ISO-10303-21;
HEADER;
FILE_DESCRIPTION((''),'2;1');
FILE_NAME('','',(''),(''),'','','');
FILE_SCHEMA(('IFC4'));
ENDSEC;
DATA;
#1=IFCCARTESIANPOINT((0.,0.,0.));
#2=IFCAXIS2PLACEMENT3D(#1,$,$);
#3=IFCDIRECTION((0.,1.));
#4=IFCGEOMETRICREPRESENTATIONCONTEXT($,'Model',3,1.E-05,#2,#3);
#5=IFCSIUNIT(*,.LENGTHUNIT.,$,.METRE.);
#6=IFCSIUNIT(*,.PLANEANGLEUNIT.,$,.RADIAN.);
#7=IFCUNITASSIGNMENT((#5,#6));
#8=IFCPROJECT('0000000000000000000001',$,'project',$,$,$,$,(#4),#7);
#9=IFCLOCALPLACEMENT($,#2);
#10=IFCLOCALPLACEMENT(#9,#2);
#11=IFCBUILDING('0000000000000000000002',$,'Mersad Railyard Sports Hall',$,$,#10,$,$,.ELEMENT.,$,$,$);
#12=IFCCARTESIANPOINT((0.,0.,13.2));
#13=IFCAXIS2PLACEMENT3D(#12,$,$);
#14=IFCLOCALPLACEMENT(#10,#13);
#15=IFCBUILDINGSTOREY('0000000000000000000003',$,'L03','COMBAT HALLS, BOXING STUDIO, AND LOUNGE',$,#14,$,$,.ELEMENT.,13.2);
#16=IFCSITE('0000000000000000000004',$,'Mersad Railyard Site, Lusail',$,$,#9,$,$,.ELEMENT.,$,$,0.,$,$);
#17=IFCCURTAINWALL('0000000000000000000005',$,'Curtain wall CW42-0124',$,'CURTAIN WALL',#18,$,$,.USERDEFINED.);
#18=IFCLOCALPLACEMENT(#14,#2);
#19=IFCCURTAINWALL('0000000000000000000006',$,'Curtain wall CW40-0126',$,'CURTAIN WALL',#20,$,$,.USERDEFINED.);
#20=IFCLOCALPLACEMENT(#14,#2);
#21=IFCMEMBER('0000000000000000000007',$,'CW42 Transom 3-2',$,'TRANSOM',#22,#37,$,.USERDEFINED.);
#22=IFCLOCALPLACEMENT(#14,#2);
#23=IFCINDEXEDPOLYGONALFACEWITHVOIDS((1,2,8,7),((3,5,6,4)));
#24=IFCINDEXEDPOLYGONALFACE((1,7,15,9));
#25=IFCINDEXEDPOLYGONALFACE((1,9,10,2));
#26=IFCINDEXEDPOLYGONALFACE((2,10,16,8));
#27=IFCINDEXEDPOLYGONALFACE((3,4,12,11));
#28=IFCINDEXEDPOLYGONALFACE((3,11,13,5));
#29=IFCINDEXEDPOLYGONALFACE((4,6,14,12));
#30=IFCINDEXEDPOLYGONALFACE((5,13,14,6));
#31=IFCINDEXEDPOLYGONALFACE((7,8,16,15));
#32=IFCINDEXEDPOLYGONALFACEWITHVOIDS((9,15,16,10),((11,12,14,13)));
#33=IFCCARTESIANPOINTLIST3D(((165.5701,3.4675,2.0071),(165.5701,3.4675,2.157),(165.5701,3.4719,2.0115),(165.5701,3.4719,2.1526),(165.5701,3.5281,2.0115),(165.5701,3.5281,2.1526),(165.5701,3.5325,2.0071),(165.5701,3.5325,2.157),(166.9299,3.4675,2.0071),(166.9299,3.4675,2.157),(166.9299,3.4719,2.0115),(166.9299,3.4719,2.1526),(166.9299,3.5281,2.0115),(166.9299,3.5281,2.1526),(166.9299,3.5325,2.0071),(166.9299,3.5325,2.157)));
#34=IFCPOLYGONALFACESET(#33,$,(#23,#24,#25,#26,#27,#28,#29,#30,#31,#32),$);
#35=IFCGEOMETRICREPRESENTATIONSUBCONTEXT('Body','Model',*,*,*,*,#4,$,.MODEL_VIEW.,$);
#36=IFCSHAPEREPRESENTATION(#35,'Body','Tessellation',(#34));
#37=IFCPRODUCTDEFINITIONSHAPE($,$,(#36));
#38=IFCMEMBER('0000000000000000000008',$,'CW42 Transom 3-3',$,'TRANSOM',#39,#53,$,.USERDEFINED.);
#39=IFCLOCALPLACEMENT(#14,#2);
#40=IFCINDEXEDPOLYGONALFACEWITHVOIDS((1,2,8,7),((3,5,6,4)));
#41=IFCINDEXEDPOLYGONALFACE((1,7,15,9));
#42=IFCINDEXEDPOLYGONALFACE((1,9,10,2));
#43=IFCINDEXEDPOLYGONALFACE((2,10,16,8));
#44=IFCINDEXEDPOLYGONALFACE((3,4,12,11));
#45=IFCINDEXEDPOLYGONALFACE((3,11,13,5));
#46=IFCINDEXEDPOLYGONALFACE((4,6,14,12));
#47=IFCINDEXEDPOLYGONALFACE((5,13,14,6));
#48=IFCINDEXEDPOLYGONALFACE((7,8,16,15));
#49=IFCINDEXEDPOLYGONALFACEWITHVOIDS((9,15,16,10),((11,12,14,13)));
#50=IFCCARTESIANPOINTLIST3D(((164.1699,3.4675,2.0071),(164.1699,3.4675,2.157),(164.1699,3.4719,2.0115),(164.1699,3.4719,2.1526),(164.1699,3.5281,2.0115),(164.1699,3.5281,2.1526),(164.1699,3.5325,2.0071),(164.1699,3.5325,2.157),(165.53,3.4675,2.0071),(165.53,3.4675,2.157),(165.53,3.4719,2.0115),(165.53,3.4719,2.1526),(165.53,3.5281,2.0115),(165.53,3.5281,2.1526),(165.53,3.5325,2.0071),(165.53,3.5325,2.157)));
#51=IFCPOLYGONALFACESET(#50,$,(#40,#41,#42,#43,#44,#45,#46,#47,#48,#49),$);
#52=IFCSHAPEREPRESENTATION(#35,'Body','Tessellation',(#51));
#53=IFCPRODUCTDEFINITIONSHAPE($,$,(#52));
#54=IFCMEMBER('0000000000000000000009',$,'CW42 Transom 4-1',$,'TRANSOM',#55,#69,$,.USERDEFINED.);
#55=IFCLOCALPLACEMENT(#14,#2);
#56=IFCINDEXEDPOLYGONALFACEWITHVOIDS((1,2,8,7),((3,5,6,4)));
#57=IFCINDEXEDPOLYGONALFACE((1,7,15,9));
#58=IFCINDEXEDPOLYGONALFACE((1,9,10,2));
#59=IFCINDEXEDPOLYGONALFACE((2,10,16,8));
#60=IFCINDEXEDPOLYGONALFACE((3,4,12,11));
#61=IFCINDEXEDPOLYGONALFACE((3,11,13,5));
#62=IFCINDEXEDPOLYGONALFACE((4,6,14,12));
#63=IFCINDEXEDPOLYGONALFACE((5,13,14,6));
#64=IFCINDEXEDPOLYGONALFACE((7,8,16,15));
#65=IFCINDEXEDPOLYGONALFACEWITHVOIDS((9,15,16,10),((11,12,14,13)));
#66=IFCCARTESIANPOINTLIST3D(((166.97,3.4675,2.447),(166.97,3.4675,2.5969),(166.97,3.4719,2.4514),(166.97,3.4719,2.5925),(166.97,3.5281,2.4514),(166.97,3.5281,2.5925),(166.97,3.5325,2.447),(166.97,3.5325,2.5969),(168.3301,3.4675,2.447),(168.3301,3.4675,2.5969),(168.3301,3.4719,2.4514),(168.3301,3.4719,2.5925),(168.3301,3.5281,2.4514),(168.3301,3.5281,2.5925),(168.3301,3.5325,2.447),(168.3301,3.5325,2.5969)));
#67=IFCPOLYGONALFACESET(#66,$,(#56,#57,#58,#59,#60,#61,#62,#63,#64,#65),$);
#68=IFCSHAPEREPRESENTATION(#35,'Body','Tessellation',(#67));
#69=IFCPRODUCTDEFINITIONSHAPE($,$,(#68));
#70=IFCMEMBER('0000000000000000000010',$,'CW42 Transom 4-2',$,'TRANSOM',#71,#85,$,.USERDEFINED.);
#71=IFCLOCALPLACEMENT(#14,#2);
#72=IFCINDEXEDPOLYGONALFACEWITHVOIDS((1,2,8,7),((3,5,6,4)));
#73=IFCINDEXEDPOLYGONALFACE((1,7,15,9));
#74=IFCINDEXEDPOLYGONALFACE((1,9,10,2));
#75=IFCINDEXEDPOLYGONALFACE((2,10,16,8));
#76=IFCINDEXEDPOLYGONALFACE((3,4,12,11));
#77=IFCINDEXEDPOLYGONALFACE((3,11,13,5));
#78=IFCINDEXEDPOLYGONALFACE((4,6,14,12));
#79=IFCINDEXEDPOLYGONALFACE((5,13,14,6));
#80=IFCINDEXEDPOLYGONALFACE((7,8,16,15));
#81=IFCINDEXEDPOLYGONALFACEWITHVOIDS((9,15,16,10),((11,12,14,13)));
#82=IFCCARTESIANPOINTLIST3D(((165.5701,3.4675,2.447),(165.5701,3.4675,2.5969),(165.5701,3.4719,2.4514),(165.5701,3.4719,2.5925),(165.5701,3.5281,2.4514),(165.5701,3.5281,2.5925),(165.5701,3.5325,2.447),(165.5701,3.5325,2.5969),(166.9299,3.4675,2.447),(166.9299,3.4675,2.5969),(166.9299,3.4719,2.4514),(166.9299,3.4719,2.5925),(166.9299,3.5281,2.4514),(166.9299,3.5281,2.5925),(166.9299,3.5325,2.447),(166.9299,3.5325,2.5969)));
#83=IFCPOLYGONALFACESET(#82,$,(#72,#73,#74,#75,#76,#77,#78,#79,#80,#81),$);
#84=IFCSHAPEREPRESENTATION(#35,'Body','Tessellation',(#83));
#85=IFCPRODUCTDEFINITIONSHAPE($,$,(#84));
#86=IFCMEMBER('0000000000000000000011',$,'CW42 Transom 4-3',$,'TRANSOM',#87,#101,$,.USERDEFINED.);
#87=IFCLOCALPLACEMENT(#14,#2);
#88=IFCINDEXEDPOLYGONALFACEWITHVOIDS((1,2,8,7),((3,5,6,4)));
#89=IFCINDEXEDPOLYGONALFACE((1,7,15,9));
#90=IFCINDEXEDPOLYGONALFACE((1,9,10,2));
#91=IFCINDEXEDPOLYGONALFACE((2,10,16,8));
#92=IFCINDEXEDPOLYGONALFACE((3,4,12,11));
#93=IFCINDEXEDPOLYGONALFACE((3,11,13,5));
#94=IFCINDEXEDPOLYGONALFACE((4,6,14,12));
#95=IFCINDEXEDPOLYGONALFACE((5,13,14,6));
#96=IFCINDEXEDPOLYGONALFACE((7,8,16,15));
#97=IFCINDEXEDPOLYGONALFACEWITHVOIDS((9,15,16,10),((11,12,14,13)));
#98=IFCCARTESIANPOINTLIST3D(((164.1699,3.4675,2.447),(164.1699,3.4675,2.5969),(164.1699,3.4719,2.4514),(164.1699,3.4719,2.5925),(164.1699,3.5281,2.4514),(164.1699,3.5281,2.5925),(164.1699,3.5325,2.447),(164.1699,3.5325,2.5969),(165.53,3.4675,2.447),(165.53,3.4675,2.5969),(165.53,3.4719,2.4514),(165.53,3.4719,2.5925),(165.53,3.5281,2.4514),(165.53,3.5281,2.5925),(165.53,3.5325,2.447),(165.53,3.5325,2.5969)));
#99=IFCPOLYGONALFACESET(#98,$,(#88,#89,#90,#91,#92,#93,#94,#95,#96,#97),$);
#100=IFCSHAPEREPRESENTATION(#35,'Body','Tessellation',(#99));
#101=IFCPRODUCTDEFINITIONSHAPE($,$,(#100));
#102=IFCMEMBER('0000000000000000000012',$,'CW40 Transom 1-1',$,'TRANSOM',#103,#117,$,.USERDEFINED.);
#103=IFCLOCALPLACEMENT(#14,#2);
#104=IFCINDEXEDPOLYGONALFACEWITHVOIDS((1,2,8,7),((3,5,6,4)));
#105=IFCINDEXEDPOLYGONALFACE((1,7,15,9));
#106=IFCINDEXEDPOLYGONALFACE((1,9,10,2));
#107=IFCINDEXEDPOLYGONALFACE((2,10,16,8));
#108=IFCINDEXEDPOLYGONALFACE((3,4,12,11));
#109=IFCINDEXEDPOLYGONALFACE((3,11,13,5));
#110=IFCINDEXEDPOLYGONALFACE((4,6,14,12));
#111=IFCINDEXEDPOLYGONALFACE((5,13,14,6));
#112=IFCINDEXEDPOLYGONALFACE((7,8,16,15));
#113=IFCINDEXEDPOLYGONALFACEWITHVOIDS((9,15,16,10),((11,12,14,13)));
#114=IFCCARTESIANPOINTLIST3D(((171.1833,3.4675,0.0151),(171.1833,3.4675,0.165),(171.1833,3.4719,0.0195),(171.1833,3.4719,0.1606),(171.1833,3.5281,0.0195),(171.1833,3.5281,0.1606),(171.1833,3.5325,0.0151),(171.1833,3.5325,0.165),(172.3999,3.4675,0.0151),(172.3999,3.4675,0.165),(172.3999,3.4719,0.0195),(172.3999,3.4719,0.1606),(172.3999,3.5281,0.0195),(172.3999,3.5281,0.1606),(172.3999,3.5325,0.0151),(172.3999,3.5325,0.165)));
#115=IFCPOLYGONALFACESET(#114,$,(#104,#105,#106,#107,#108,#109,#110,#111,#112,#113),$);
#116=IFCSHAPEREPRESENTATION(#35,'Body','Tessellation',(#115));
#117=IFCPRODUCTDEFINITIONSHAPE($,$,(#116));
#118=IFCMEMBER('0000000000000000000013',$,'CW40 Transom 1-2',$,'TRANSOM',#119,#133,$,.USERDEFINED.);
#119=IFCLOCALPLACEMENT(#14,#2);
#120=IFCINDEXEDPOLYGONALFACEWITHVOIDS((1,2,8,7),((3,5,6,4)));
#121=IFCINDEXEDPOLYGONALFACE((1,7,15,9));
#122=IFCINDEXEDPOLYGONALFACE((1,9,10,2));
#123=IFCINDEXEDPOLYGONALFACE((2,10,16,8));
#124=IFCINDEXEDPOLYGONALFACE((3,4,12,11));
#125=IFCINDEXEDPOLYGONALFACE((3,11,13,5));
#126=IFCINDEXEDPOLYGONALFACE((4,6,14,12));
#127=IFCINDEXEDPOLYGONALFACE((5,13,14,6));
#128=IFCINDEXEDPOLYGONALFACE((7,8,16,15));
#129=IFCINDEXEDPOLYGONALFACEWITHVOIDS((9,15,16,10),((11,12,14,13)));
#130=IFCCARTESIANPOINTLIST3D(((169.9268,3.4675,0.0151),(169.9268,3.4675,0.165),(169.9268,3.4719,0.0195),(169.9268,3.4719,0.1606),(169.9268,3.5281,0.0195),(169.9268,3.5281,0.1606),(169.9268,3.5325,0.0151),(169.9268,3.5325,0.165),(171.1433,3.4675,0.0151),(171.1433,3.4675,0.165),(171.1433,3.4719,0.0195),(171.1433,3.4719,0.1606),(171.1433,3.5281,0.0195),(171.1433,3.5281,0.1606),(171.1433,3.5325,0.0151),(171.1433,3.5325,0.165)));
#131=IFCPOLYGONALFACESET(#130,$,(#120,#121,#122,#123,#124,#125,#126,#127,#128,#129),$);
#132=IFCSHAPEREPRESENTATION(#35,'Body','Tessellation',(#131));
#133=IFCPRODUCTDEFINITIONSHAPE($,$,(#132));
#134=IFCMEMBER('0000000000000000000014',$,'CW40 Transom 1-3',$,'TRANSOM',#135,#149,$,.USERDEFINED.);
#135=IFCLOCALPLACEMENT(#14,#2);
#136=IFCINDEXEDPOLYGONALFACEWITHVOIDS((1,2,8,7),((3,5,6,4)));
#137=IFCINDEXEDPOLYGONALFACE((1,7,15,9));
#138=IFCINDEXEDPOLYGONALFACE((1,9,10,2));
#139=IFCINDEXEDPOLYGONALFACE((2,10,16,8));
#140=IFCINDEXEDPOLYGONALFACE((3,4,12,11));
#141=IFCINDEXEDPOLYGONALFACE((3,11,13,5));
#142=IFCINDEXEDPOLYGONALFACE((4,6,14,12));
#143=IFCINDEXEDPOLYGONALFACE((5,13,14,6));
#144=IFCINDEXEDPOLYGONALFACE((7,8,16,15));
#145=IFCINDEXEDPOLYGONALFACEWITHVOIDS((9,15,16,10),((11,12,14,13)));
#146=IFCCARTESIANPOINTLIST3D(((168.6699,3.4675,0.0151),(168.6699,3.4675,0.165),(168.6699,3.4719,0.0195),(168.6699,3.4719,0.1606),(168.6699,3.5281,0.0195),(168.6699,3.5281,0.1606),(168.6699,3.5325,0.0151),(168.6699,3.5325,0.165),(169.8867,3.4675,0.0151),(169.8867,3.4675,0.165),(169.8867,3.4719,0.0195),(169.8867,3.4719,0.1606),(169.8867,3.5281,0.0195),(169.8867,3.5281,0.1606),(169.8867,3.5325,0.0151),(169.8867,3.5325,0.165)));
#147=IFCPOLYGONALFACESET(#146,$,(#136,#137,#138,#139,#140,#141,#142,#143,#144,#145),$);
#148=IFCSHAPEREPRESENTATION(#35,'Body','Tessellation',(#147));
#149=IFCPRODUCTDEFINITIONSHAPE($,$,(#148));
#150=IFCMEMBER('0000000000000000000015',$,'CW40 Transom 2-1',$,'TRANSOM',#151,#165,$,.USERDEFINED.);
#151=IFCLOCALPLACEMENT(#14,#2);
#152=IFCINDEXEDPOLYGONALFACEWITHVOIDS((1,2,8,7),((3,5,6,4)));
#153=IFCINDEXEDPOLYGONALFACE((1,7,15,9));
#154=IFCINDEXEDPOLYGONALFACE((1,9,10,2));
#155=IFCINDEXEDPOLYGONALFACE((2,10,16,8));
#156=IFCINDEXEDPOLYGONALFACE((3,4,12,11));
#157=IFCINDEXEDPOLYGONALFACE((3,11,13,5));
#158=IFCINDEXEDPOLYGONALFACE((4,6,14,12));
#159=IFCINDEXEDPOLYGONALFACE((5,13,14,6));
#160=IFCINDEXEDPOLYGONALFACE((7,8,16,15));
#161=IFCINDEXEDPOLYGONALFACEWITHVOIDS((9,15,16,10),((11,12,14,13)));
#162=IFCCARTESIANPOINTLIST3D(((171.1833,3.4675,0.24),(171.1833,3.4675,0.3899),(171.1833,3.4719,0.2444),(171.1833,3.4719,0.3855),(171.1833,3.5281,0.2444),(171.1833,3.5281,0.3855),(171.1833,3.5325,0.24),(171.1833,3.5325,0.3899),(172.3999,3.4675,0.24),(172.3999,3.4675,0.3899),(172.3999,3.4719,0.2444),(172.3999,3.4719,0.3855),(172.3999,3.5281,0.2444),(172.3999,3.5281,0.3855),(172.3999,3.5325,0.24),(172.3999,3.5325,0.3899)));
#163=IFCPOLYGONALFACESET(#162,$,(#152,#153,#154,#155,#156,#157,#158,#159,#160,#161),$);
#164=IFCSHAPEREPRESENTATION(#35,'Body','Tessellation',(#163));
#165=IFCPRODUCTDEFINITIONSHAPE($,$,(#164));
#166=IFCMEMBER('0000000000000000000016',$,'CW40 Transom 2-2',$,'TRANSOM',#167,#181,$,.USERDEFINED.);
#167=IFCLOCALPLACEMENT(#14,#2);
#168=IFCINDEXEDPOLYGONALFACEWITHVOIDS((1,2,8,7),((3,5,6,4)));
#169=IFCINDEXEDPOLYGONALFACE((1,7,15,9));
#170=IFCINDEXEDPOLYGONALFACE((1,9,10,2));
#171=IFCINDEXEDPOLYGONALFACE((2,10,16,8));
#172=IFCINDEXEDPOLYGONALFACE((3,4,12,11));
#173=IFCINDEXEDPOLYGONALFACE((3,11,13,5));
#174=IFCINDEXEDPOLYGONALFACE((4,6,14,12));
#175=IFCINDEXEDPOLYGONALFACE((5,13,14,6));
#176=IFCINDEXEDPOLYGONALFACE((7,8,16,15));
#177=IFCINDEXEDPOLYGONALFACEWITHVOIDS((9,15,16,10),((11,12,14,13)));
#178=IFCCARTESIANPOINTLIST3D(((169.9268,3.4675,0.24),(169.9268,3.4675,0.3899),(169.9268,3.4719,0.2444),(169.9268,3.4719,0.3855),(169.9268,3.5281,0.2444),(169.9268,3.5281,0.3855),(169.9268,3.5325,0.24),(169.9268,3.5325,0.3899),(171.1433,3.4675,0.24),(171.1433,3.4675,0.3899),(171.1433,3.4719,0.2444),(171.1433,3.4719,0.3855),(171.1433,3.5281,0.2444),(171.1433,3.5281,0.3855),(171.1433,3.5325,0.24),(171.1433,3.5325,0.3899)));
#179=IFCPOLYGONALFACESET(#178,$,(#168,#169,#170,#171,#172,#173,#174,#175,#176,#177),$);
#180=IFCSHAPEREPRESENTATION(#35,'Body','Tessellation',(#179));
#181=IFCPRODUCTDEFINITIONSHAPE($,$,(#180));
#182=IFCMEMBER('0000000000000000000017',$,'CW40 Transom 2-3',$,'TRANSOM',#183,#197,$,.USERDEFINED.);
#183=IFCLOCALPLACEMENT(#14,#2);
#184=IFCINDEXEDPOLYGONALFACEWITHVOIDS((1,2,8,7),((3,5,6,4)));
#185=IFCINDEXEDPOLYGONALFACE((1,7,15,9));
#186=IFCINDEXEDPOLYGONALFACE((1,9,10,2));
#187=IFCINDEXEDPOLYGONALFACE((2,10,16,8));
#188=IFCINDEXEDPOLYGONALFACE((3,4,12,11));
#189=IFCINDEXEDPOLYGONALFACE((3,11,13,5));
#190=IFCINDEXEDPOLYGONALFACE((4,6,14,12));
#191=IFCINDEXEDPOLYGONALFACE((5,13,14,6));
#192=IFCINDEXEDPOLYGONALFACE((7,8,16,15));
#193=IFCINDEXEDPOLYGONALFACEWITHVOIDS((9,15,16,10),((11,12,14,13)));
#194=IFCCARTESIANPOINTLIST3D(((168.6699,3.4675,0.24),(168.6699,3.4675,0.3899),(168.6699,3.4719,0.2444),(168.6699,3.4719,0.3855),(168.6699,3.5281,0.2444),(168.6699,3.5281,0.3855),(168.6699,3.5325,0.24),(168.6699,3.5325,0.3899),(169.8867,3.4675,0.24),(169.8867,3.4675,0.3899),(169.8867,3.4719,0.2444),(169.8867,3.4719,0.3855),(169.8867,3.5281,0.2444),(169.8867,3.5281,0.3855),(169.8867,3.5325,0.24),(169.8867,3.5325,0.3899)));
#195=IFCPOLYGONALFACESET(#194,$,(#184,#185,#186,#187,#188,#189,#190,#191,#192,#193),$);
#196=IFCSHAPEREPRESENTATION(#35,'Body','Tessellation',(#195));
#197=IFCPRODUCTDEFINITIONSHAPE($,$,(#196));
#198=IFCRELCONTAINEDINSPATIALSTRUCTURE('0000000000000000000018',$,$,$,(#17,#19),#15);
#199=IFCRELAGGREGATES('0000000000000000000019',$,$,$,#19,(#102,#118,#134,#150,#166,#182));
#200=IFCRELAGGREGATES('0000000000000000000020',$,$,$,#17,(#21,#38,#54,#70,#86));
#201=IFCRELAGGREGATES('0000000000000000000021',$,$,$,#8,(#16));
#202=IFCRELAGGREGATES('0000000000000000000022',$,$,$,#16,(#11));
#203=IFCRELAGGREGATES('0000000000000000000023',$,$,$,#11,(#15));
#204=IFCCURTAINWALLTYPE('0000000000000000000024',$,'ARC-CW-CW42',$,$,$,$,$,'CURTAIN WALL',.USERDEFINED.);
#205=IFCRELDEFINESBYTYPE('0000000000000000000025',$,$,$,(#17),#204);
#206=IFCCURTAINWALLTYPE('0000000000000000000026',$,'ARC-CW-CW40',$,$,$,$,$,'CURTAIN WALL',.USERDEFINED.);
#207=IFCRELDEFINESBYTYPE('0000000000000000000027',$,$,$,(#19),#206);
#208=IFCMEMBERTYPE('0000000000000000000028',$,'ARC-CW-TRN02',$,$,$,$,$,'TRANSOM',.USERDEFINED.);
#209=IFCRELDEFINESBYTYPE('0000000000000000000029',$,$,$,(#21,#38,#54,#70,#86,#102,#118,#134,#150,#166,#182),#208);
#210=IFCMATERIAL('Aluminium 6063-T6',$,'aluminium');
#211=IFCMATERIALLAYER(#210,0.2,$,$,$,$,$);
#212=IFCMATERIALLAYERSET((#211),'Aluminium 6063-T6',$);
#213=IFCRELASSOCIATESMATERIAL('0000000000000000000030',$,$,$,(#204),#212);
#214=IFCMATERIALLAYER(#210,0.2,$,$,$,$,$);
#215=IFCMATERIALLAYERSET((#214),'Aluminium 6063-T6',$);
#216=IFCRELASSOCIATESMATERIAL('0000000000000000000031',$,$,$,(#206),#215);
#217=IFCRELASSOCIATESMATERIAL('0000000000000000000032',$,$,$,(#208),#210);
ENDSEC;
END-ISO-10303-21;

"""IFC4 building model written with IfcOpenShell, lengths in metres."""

from ifc_helpers import new_model, si_unit, direction, frame, origin, origin_2d, place, context, subcontext, project, spatial, hollow_rectangle, extrude, material, layer, layer_set, material_profile, profile_set, type_object, element, aggregate, save


model = new_model("IFC4")

# Units and contexts
model_context = context("Model", 3, precision=1e-05, world=origin(), true_north=direction((0.0, 1.0)))
body_context = subcontext(model_context, "Body", "Model", "MODEL_VIEW")
ifc_project = project(units=[si_unit("LENGTHUNIT", "METRE"), si_unit("PLANEANGLEUNIT", "RADIAN")], contexts=[model_context])

# Site, building, storey
site_placement = place(None, origin())
site = spatial("IfcSite", under=ifc_project, at=site_placement, Name="Mersad Railyard Site, Lusail", CompositionType="ELEMENT", RefElevation=0.0)
building_placement = place(site_placement, origin())
building = spatial("IfcBuilding", under=site, at=building_placement, Name="Mersad Railyard Sports Hall", CompositionType="ELEMENT")
storey_placement = place(building_placement, frame((0.0, 0.0, 13.2)))
storey = spatial("IfcBuildingStorey", under=building, at=storey_placement, Name="L03", Description="COMBAT HALLS, BOXING STUDIO, AND LOUNGE", CompositionType="ELEMENT", Elevation=13.2)

# Curtain walls
ifc_material_1 = material(Name="Aluminium 6063-T6", Category="aluminium")
ifc_layer_1 = layer(ifc_material_1, 0.2)
ifc_layer_set_1 = layer_set([ifc_layer_1], Name="Aluminium 6063-T6")
curtain_wall_type_1 = type_object("IfcCurtainWallType", Name="ARC-CW-CW42", ElementType="CURTAIN WALL", PredefinedType="USERDEFINED", material=ifc_layer_set_1)
curtain_wall_1_placement = place(storey_placement, origin())
curtain_wall_1 = element("IfcCurtainWall", 1, at=curtain_wall_1_placement, inside=storey, type_object=curtain_wall_type_1, Name="Curtain wall CW42-0124", ObjectType="CURTAIN WALL", PredefinedType="USERDEFINED")
ifc_layer_2 = layer(ifc_material_1, 0.2)
ifc_layer_set_2 = layer_set([ifc_layer_2], Name="Aluminium 6063-T6")
curtain_wall_type_2 = type_object("IfcCurtainWallType", Name="ARC-CW-CW40", ElementType="CURTAIN WALL", PredefinedType="USERDEFINED", material=ifc_layer_set_2)
curtain_wall_2_placement = place(storey_placement, origin())
curtain_wall_2 = element("IfcCurtainWall", 2, at=curtain_wall_2_placement, inside=storey, type_object=curtain_wall_type_2, Name="Curtain wall CW40-0126", ObjectType="CURTAIN WALL", PredefinedType="USERDEFINED")

# Members
ifc_material_profile_1 = material_profile(ifc_material_1, hollow_rectangle(XDim=0.0649, YDim=0.1499, WallThickness=0.0044, at=origin_2d()), Name="AL TRANSOM 65x150x4.5")
ifc_profile_set_1 = profile_set([ifc_material_profile_1], Name="Aluminium 6063-T6")
member_type_1 = type_object("IfcMemberType", Name="ARC-CW-TRN02", ElementType="TRANSOM", PredefinedType="USERDEFINED", material=ifc_profile_set_1)
member_1_placement = place(storey_placement, frame((166.9299, 3.5, 2.082), z_axis=(-1.0, 0.0, 0.0), x_axis=(0.0, -1.0, 0.0)))
member_1 = element("IfcMember", 3, at=member_1_placement, type_object=member_type_1, Name="CW42 Transom 3-2", ObjectType="TRANSOM", PredefinedType="USERDEFINED", context=body_context, shape_type="SweptSolid", body=[
    extrude(hollow_rectangle(XDim=0.0649, YDim=0.1499, WallThickness=0.0044, at=origin_2d()), origin(), (0.0, 0.0, 1.0), 1.3599),
])
member_2_placement = place(storey_placement, frame((165.53, 3.5, 2.082), z_axis=(-1.0, 0.0, 0.0), x_axis=(0.0, -1.0, 0.0)))
member_2 = element("IfcMember", 4, at=member_2_placement, type_object=member_type_1, Name="CW42 Transom 3-3", ObjectType="TRANSOM", PredefinedType="USERDEFINED", context=body_context, shape_type="SweptSolid", body=[
    extrude(hollow_rectangle(XDim=0.0649, YDim=0.1499, WallThickness=0.0044, at=origin_2d()), origin(), (0.0, 0.0, 1.0), 1.3601),
])
member_3_placement = place(storey_placement, frame((168.3301, 3.5, 2.522), z_axis=(-1.0, 0.0, 0.0), x_axis=(0.0, -1.0, 0.0)))
member_3 = element("IfcMember", 5, at=member_3_placement, type_object=member_type_1, Name="CW42 Transom 4-1", ObjectType="TRANSOM", PredefinedType="USERDEFINED", context=body_context, shape_type="SweptSolid", body=[
    extrude(hollow_rectangle(XDim=0.0649, YDim=0.1499, WallThickness=0.0044, at=origin_2d()), origin(), (0.0, 0.0, 1.0), 1.3601),
])
member_4_placement = place(storey_placement, frame((166.9299, 3.5, 2.522), z_axis=(-1.0, 0.0, 0.0), x_axis=(0.0, -1.0, 0.0)))
member_4 = element("IfcMember", 6, at=member_4_placement, type_object=member_type_1, Name="CW42 Transom 4-2", ObjectType="TRANSOM", PredefinedType="USERDEFINED", context=body_context, shape_type="SweptSolid", body=[
    extrude(hollow_rectangle(XDim=0.0649, YDim=0.1499, WallThickness=0.0044, at=origin_2d()), origin(), (0.0, 0.0, 1.0), 1.3599),
])
member_5_placement = place(storey_placement, frame((165.53, 3.5, 2.522), z_axis=(-1.0, 0.0, 0.0), x_axis=(0.0, -1.0, 0.0)))
member_5 = element("IfcMember", 7, at=member_5_placement, type_object=member_type_1, Name="CW42 Transom 4-3", ObjectType="TRANSOM", PredefinedType="USERDEFINED", context=body_context, shape_type="SweptSolid", body=[
    extrude(hollow_rectangle(XDim=0.0649, YDim=0.1499, WallThickness=0.0044, at=origin_2d()), origin(), (0.0, 0.0, 1.0), 1.3601),
])
member_6_placement = place(storey_placement, frame((172.3999, 3.5, 0.0901), z_axis=(-1.0, 0.0, 0.0), x_axis=(0.0, -1.0, 0.0)))
member_6 = element("IfcMember", 8, at=member_6_placement, type_object=member_type_1, Name="CW40 Transom 1-1", ObjectType="TRANSOM", PredefinedType="USERDEFINED", context=body_context, shape_type="SweptSolid", body=[
    extrude(hollow_rectangle(XDim=0.0649, YDim=0.1499, WallThickness=0.0044, at=origin_2d()), origin(), (0.0, 0.0, 1.0), 1.2166),
])
member_7_placement = place(storey_placement, frame((171.1433, 3.5, 0.0901), z_axis=(-1.0, 0.0, 0.0), x_axis=(0.0, -1.0, 0.0)))
member_7 = element("IfcMember", 9, at=member_7_placement, type_object=member_type_1, Name="CW40 Transom 1-2", ObjectType="TRANSOM", PredefinedType="USERDEFINED", context=body_context, shape_type="SweptSolid", body=[
    extrude(hollow_rectangle(XDim=0.0649, YDim=0.1499, WallThickness=0.0044, at=origin_2d()), origin(), (0.0, 0.0, 1.0), 1.2166),
])
member_8_placement = place(storey_placement, frame((169.8867, 3.5, 0.0901), z_axis=(-1.0, 0.0, 0.0), x_axis=(0.0, -1.0, 0.0)))
member_8 = element("IfcMember", 10, at=member_8_placement, type_object=member_type_1, Name="CW40 Transom 1-3", ObjectType="TRANSOM", PredefinedType="USERDEFINED", context=body_context, shape_type="SweptSolid", body=[
    extrude(hollow_rectangle(XDim=0.0649, YDim=0.1499, WallThickness=0.0044, at=origin_2d()), origin(), (0.0, 0.0, 1.0), 1.2168),
])
member_9_placement = place(storey_placement, frame((172.3999, 3.5, 0.3149), z_axis=(-1.0, 0.0, 0.0), x_axis=(0.0, -1.0, 0.0)))
member_9 = element("IfcMember", 11, at=member_9_placement, type_object=member_type_1, Name="CW40 Transom 2-1", ObjectType="TRANSOM", PredefinedType="USERDEFINED", context=body_context, shape_type="SweptSolid", body=[
    extrude(hollow_rectangle(XDim=0.0649, YDim=0.1499, WallThickness=0.0044, at=origin_2d()), origin(), (0.0, 0.0, 1.0), 1.2166),
])
member_10_placement = place(storey_placement, frame((171.1433, 3.5, 0.3149), z_axis=(-1.0, 0.0, 0.0), x_axis=(0.0, -1.0, 0.0)))
member_10 = element("IfcMember", 12, at=member_10_placement, type_object=member_type_1, Name="CW40 Transom 2-2", ObjectType="TRANSOM", PredefinedType="USERDEFINED", context=body_context, shape_type="SweptSolid", body=[
    extrude(hollow_rectangle(XDim=0.0649, YDim=0.1499, WallThickness=0.0044, at=origin_2d()), origin(), (0.0, 0.0, 1.0), 1.2166),
])
member_11_placement = place(storey_placement, frame((169.8867, 3.5, 0.3149), z_axis=(-1.0, 0.0, 0.0), x_axis=(0.0, -1.0, 0.0)))
member_11 = element("IfcMember", 13, at=member_11_placement, type_object=member_type_1, Name="CW40 Transom 2-3", ObjectType="TRANSOM", PredefinedType="USERDEFINED", context=body_context, shape_type="SweptSolid", body=[
    extrude(hollow_rectangle(XDim=0.0649, YDim=0.1499, WallThickness=0.0044, at=origin_2d()), origin(), (0.0, 0.0, 1.0), 1.2168),
])
aggregate(curtain_wall_2, [member_6, member_7, member_8, member_9, member_10, member_11])

aggregate(curtain_wall_1, [member_1, member_2, member_3, member_4, member_5])

save(model, "model.ifc")
